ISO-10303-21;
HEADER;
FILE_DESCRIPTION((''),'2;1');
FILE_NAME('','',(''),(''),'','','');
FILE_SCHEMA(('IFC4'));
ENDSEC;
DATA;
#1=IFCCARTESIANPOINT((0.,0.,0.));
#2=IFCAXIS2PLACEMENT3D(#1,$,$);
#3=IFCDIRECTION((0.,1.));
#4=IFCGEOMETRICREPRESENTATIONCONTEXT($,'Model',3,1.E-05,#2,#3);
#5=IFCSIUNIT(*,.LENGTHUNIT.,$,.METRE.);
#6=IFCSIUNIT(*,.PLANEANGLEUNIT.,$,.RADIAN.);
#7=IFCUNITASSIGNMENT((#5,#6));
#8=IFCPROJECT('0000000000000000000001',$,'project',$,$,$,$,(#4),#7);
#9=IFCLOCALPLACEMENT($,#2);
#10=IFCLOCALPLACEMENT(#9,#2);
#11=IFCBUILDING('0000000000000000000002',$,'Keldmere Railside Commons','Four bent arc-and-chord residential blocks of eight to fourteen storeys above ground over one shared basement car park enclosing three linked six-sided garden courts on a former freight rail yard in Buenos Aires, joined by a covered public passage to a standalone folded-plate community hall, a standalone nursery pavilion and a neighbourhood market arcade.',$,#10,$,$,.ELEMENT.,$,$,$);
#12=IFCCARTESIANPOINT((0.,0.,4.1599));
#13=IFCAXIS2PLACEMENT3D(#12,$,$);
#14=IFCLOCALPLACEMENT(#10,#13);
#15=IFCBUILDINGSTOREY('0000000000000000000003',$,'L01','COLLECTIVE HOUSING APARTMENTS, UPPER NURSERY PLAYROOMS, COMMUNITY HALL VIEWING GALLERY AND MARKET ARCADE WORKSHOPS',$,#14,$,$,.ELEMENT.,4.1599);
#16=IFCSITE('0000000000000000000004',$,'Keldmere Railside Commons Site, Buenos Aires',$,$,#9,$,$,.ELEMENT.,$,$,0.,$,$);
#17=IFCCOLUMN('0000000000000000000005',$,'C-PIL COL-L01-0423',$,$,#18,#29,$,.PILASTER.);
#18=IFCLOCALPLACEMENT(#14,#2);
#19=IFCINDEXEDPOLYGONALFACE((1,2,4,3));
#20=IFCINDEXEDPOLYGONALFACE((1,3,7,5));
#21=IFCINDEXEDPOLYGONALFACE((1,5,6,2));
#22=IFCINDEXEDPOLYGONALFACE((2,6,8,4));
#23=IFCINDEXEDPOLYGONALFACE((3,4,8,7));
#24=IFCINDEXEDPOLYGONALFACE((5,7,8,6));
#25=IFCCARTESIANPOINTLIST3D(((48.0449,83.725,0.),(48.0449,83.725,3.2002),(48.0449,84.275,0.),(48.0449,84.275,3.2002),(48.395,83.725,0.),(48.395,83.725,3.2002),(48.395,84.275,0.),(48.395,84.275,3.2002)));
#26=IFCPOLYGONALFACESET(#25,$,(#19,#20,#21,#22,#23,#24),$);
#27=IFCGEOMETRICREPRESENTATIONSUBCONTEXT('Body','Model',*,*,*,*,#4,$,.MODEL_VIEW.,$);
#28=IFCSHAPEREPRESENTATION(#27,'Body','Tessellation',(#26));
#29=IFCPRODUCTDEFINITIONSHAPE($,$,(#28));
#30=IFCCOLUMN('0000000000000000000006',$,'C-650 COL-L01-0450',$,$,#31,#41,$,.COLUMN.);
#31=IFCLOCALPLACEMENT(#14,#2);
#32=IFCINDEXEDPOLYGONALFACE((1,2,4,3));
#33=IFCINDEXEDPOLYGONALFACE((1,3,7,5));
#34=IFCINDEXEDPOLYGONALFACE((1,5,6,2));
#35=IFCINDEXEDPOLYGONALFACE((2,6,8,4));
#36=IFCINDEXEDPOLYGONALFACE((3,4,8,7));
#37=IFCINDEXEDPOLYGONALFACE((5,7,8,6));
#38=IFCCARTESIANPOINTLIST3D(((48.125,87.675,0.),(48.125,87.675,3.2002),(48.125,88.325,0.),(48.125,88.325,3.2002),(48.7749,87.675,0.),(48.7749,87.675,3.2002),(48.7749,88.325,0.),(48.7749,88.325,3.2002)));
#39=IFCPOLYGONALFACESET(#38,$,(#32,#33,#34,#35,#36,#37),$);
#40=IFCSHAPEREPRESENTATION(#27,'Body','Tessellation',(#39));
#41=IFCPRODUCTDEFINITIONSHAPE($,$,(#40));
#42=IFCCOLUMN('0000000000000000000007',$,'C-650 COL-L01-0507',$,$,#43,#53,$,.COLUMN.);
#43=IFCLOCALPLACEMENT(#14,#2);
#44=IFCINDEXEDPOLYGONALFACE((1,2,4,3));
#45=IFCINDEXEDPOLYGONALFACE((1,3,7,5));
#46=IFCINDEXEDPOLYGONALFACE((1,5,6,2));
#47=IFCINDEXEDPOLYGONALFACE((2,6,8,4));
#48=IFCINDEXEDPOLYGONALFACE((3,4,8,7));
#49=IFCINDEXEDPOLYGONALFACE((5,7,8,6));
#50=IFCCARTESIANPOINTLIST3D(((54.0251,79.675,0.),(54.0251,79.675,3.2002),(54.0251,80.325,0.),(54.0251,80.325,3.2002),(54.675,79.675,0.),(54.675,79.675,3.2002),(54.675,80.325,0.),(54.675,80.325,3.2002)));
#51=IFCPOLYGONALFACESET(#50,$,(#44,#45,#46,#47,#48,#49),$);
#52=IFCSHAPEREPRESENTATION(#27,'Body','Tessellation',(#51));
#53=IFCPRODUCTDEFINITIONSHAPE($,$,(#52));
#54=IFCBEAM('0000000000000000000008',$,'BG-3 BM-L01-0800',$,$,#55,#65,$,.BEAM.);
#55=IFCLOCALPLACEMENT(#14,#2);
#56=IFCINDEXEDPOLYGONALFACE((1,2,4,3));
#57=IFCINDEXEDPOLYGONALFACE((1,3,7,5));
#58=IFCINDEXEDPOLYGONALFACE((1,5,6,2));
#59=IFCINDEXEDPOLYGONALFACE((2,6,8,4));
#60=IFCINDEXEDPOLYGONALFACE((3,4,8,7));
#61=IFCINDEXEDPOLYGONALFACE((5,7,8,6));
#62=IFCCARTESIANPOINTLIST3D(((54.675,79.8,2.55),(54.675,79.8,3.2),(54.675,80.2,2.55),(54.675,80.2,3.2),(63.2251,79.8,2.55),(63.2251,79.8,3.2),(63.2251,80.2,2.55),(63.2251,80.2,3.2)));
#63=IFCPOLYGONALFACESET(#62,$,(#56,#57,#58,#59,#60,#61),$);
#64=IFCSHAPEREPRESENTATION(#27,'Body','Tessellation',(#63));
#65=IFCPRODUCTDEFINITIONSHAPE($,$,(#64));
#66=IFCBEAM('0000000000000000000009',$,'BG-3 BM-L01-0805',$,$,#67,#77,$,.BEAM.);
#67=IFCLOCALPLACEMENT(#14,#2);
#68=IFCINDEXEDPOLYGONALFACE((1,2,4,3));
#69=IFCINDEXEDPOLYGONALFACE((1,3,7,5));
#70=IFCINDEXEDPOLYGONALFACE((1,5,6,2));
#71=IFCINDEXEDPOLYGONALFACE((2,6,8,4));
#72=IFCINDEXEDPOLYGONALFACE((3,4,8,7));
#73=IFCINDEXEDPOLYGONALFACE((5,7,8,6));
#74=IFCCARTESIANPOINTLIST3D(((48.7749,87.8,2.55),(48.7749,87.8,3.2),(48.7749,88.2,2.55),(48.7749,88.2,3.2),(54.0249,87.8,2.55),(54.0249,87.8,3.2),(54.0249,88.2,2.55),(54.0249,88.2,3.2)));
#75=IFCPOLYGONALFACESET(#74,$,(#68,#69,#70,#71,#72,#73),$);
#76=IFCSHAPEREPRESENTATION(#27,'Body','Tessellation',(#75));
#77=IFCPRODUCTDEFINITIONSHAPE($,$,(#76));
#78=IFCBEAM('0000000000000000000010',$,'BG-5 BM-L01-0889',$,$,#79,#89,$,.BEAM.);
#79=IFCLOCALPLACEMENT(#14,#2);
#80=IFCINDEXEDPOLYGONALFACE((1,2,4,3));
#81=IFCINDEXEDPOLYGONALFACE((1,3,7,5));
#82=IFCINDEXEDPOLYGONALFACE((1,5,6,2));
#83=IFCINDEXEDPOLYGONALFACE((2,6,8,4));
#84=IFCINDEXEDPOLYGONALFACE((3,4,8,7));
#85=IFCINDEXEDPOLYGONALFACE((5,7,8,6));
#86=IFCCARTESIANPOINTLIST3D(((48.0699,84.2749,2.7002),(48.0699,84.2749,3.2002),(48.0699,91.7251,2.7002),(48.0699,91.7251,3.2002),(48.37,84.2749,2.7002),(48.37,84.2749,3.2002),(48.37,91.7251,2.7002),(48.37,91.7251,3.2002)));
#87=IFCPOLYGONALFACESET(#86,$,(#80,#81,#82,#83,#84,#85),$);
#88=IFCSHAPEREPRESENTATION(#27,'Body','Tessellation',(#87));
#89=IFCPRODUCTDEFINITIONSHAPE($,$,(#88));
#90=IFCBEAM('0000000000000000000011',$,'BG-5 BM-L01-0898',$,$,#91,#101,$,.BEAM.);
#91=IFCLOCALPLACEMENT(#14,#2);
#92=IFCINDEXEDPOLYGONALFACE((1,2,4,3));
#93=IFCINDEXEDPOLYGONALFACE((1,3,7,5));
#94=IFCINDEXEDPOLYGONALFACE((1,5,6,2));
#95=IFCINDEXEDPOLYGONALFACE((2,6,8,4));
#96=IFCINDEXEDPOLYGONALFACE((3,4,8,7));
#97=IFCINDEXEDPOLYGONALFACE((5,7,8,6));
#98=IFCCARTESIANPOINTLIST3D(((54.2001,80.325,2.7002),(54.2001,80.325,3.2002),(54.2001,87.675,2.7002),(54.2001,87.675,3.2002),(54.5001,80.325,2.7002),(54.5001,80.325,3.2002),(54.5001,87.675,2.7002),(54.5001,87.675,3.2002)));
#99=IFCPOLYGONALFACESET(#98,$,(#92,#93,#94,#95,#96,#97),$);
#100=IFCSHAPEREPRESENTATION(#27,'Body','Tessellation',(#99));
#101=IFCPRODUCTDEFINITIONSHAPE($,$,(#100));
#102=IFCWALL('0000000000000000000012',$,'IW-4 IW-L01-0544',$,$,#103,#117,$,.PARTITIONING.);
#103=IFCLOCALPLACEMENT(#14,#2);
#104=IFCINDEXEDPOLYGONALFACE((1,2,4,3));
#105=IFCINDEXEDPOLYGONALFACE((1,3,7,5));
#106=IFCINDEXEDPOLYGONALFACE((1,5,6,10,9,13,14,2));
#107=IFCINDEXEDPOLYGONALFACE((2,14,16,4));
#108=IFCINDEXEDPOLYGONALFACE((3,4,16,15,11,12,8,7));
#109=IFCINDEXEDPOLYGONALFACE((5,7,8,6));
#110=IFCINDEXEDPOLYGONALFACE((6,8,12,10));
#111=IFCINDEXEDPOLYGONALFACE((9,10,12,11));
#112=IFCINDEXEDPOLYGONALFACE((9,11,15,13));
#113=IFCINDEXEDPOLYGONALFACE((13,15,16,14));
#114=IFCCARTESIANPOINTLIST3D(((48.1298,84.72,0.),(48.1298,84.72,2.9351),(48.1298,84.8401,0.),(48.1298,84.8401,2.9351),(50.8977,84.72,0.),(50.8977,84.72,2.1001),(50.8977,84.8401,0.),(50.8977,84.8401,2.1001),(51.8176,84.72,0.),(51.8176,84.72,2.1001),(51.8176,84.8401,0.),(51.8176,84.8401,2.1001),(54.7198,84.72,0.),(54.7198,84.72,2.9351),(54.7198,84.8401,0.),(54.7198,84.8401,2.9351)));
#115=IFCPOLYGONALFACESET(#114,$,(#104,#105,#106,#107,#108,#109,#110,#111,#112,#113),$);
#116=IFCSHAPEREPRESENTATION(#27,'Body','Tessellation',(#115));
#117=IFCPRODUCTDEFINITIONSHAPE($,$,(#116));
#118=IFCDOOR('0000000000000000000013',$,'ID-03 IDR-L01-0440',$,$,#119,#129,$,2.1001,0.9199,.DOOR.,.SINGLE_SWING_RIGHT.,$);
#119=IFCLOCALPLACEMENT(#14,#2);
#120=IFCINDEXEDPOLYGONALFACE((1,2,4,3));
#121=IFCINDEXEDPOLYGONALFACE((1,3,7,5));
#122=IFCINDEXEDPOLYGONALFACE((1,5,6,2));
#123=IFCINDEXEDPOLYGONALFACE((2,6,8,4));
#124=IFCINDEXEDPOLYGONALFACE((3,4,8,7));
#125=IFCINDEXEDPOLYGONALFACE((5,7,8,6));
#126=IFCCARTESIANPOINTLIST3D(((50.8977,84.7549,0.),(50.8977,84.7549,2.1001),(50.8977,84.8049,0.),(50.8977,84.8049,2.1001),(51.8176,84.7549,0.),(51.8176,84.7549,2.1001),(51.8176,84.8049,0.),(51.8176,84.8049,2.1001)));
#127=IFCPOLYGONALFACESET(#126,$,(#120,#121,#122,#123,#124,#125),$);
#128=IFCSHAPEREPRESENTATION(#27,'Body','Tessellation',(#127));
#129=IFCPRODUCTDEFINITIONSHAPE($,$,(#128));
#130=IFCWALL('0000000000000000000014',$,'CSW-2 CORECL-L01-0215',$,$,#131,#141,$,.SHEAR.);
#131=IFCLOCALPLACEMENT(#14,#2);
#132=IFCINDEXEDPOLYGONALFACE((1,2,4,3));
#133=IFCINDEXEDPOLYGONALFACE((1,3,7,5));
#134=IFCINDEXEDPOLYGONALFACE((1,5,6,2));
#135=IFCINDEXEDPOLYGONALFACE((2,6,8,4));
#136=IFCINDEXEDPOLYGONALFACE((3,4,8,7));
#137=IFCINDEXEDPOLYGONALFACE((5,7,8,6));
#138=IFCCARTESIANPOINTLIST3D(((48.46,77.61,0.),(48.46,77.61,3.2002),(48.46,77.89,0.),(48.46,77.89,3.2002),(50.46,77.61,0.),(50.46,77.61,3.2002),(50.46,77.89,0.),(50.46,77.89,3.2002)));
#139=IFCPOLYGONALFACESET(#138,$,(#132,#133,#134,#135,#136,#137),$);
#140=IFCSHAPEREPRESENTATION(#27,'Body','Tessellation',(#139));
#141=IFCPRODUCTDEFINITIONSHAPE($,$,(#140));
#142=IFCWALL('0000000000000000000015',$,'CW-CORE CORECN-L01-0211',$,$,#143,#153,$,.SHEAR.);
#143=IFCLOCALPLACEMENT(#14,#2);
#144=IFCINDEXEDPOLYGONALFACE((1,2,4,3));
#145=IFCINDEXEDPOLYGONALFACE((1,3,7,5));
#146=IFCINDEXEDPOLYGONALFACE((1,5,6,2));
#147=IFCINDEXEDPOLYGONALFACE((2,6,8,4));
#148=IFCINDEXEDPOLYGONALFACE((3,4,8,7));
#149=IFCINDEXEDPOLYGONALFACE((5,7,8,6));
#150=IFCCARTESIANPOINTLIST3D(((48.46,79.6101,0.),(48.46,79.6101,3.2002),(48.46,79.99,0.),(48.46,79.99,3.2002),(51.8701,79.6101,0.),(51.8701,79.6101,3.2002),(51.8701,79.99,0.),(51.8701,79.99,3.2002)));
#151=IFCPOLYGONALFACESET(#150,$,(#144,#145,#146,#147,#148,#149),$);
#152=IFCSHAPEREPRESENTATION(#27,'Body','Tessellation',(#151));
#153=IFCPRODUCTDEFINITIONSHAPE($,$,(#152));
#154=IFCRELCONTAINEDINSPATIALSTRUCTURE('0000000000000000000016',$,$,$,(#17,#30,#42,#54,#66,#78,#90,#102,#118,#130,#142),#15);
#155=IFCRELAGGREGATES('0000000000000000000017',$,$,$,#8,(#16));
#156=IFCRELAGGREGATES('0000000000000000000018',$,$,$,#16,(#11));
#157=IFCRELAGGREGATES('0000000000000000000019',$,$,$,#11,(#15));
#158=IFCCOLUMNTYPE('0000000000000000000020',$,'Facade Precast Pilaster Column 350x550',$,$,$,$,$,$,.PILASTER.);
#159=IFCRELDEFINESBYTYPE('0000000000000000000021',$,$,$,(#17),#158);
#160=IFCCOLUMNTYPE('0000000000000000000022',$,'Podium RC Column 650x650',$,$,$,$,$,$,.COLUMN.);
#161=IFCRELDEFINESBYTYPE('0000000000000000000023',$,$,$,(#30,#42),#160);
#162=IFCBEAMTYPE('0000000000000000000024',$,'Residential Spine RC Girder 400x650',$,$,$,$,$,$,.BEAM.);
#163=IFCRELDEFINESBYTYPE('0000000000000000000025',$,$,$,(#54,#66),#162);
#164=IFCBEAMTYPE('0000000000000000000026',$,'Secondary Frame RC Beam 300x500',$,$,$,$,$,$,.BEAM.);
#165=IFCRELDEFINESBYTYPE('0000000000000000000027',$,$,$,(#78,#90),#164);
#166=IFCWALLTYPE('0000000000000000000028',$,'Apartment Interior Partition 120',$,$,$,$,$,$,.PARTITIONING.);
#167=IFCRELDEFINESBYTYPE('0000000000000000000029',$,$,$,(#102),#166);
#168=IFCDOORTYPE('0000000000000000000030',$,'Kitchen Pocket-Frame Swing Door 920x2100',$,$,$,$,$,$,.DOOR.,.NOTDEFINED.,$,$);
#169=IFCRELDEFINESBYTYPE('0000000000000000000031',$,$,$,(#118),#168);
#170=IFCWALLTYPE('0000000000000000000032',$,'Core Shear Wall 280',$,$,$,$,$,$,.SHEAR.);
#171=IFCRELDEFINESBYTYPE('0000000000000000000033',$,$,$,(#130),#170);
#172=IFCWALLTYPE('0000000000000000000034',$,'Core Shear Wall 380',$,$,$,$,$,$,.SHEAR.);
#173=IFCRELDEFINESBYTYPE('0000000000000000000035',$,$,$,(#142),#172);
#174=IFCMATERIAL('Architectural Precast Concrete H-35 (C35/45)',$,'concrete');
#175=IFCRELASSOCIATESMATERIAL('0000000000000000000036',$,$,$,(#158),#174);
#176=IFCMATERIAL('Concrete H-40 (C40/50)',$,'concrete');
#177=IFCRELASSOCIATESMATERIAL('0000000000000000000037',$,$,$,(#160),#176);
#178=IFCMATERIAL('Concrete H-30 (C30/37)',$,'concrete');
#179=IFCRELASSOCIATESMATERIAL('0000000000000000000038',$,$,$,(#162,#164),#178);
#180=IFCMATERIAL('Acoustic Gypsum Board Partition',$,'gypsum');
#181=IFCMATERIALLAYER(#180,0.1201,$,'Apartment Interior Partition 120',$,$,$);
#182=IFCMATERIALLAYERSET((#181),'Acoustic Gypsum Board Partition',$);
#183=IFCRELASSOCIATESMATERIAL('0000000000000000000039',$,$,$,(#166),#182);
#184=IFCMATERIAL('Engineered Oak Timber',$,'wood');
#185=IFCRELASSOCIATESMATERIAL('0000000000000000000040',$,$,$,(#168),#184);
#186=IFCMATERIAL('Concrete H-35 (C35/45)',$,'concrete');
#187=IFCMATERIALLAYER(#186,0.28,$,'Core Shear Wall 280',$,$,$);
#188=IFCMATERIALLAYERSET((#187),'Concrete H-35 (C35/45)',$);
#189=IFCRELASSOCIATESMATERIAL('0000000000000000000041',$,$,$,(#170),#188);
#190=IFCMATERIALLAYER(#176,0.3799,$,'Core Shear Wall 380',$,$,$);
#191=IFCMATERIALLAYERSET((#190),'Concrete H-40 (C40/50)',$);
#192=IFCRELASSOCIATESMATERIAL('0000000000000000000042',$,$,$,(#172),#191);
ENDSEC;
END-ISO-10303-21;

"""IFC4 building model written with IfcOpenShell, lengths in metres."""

from ifc_helpers import new_model, si_unit, direction, frame, frame_2d, origin, origin_2d, place, context, subcontext, project, spatial, rectangle, extrude, material, layer, layer_set, material_profile, profile_set, type_object, element, fill, save


model = new_model("IFC4")

# Units and contexts
model_context = context("Model", 3, precision=1e-05, world=origin(), true_north=direction((0.0, 1.0)))
body_context = subcontext(model_context, "Body", "Model", "MODEL_VIEW")
ifc_project = project(units=[si_unit("LENGTHUNIT", "METRE"), si_unit("PLANEANGLEUNIT", "RADIAN")], contexts=[model_context])

# Site, building, storey
site_placement = place(None, origin())
site = spatial("IfcSite", under=ifc_project, at=site_placement, Name="Keldmere Railside Commons Site, Buenos Aires", CompositionType="ELEMENT", RefElevation=0.0)
building_placement = place(site_placement, origin())
building = spatial("IfcBuilding", under=site, at=building_placement, Name="Keldmere Railside Commons", Description="Four bent arc-and-chord residential blocks of eight to fourteen storeys above ground over one shared basement car park enclosing three linked six-sided garden courts on a former freight rail yard in Buenos Aires, joined by a covered public passage to a standalone folded-plate community hall, a standalone nursery pavilion and a neighbourhood market arcade.", CompositionType="ELEMENT")
storey_placement = place(building_placement, frame((0.0, 0.0, 4.1599)))
storey = spatial("IfcBuildingStorey", under=building, at=storey_placement, Name="L01", Description="COLLECTIVE HOUSING APARTMENTS, UPPER NURSERY PLAYROOMS, COMMUNITY HALL VIEWING GALLERY AND MARKET ARCADE WORKSHOPS", CompositionType="ELEMENT", Elevation=4.1599)

# Columns
ifc_material_1 = material(Name="Architectural Precast Concrete H-35 (C35/45)", Category="concrete")
ifc_material_profile_1 = material_profile(ifc_material_1, rectangle(XDim=0.3501, YDim=0.55, at=origin_2d()), Name="RC-350x550")
ifc_profile_set_1 = profile_set([ifc_material_profile_1], Name="Architectural Precast Concrete H-35 (C35/45)")
column_type_1 = type_object("IfcColumnType", Name="Facade Precast Pilaster Column 350x550", PredefinedType="PILASTER", material=ifc_profile_set_1)
column_placement = place(storey_placement, frame((48.22, 84.0, 0.0), z_axis=(0.0, 0.0, 1.0), x_axis=(1.0, 0.0, 0.0)))
element("IfcColumn", 1, at=column_placement, inside=storey, type_object=column_type_1, Name="C-PIL COL-L01-0423", PredefinedType="PILASTER", context=body_context, shape_type="SweptSolid", body=[
    extrude(rectangle(XDim=0.3501, YDim=0.55, at=origin_2d()), origin(), (0.0, 0.0, 1.0), 3.2002),
])
ifc_material_2 = material(Name="Concrete H-40 (C40/50)", Category="concrete")
ifc_material_profile_2 = material_profile(ifc_material_2, rectangle(XDim=0.6499, YDim=0.6499, at=origin_2d()), Name="RC-650x650")
ifc_profile_set_2 = profile_set([ifc_material_profile_2], Name="Concrete H-40 (C40/50)")
column_type_2 = type_object("IfcColumnType", Name="Podium RC Column 650x650", PredefinedType="COLUMN", material=ifc_profile_set_2)
for number, where, z_axis, x_axis, name in (
    (2, (48.45, 88.0, 0.0), (0.0, 0.0, 1.0), (1.0, 0.0, 0.0), "C-650 COL-L01-0450"),
    (3, (54.3501, 80.0, 0.0), (0.0, 0.0, 1.0), (1.0, 0.0, 0.0), "C-650 COL-L01-0507"),
):
    element("IfcColumn", number, at=place(storey_placement, frame(where, z_axis=z_axis, x_axis=x_axis)), inside=storey, type_object=column_type_2, Name=name, PredefinedType="COLUMN", context=body_context, shape_type="SweptSolid", body=[
        extrude(rectangle(XDim=0.6499, YDim=0.6499, at=origin_2d()), origin(), (0.0, 0.0, 1.0), 3.2002),
    ])

# Beams
ifc_material_3 = material(Name="Concrete H-30 (C30/37)", Category="concrete")
ifc_material_profile_3 = material_profile(ifc_material_3, rectangle(XDim=0.3999, YDim=0.6499, at=origin_2d()), Name="RC-400x650")
ifc_profile_set_3 = profile_set([ifc_material_profile_3], Name="Concrete H-30 (C30/37)")
beam_type_1 = type_object("IfcBeamType", Name="Residential Spine RC Girder 400x650", PredefinedType="BEAM", material=ifc_profile_set_3)
beam_1_placement = place(storey_placement, frame((54.675, 80.0, 2.875), z_axis=(1.0, 0.0, 0.0), x_axis=(0.0, 1.0, 0.0)))
element("IfcBeam", 4, at=beam_1_placement, inside=storey, type_object=beam_type_1, Name="BG-3 BM-L01-0800", PredefinedType="BEAM", context=body_context, shape_type="SweptSolid", body=[
    extrude(rectangle(XDim=0.3999, YDim=0.6499, at=origin_2d()), origin(), (0.0, 0.0, 1.0), 8.55),
])
beam_2_placement = place(storey_placement, frame((48.7749, 88.0, 2.875), z_axis=(1.0, 0.0, 0.0), x_axis=(0.0, 1.0, 0.0)))
element("IfcBeam", 5, at=beam_2_placement, inside=storey, type_object=beam_type_1, Name="BG-3 BM-L01-0805", PredefinedType="BEAM", context=body_context, shape_type="SweptSolid", body=[
    extrude(rectangle(XDim=0.3999, YDim=0.6499, at=origin_2d()), origin(), (0.0, 0.0, 1.0), 5.25),
])
ifc_material_profile_4 = material_profile(ifc_material_3, rectangle(XDim=0.3, YDim=0.5, at=origin_2d()), Name="RC-300x500")
ifc_profile_set_4 = profile_set([ifc_material_profile_4], Name="Concrete H-30 (C30/37)")
beam_type_2 = type_object("IfcBeamType", Name="Secondary Frame RC Beam 300x500", PredefinedType="BEAM", material=ifc_profile_set_4)
beam_3_placement = place(storey_placement, frame((48.22, 84.2749, 2.9502), z_axis=(0.0, 1.0, 0.0), x_axis=(-1.0, 0.0, 0.0)))
element("IfcBeam", 6, at=beam_3_placement, inside=storey, type_object=beam_type_2, Name="BG-5 BM-L01-0889", PredefinedType="BEAM", context=body_context, shape_type="SweptSolid", body=[
    extrude(rectangle(XDim=0.3, YDim=0.5, at=origin_2d()), origin(), (0.0, 0.0, 1.0), 7.4502),
])
beam_4_placement = place(storey_placement, frame((54.3501, 80.325, 2.9502), z_axis=(0.0, 1.0, 0.0), x_axis=(-1.0, 0.0, 0.0)))
element("IfcBeam", 7, at=beam_4_placement, inside=storey, type_object=beam_type_2, Name="BG-5 BM-L01-0898", PredefinedType="BEAM", context=body_context, shape_type="SweptSolid", body=[
    extrude(rectangle(XDim=0.3, YDim=0.5, at=origin_2d()), origin(), (0.0, 0.0, 1.0), 7.3501),
])

# Wall, opening, door
ifc_material_4 = material(Name="Acoustic Gypsum Board Partition", Category="gypsum")
ifc_layer_1 = layer(ifc_material_4, 0.1201, Name="Apartment Interior Partition 120")
ifc_layer_set_1 = layer_set([ifc_layer_1], Name="Acoustic Gypsum Board Partition")
wall_type_1 = type_object("IfcWallType", Name="Apartment Interior Partition 120", PredefinedType="PARTITIONING", material=ifc_layer_set_1)
wall_1_placement = place(storey_placement, frame((48.1299, 84.78, 0.0), z_axis=(0.0, 0.0, 1.0), x_axis=(1.0, 0.0, 0.0)))
wall_1 = element("IfcWall", 8, at=wall_1_placement, inside=storey, type_object=wall_type_1, Name="IW-4 IW-L01-0544", PredefinedType="PARTITIONING", context=body_context, shape_type="SweptSolid", body=[
    extrude(rectangle(XDim=6.5901, YDim=0.1201, at=frame_2d((3.2949, 0.0))), origin(), (0.0, 0.0, 1.0), 2.9351),
])
opening_1_placement = place(wall_1_placement, frame((2.7678, 0.0, 0.0)))
opening_1 = element("IfcOpeningElement", 9, at=opening_1_placement, cuts=wall_1, PredefinedType="OPENING", context=body_context, shape_type="SweptSolid", body=[
    extrude(rectangle(XDim=0.9199, YDim=2.1001, at=frame_2d((0.46, 1.05))), frame((0.0, 0.0701, 0.0), z_axis=(0.0, -1.0, 0.0), x_axis=(1.0, 0.0, 0.0)), (0.0, 0.0, 1.0), 0.1401),
])
ifc_material_5 = material(Name="Engineered Oak Timber", Category="wood")
door_type_1 = type_object("IfcDoorType", Name="Kitchen Pocket-Frame Swing Door 920x2100", OperationType="NOTDEFINED", PredefinedType="DOOR", material=ifc_material_5)
door_1_placement = place(opening_1_placement, origin())
door_1 = element("IfcDoor", 10, at=door_1_placement, inside=storey, type_object=door_type_1, Name="ID-03 IDR-L01-0440", OperationType="SINGLE_SWING_RIGHT", OverallHeight=2.1001, OverallWidth=0.9199, PredefinedType="DOOR", context=body_context, shape_type="SweptSolid", body=[
    extrude(rectangle(XDim=0.9199, YDim=2.1001, at=frame_2d((0.46, 1.05))), frame((0.0, 0.0249, 0.0), z_axis=(0.0, -1.0, 0.0), x_axis=(1.0, 0.0, 0.0)), (0.0, 0.0, 1.0), 0.05),
])
fill(opening_1, door_1)

# Walls
ifc_material_6 = material(Name="Concrete H-35 (C35/45)", Category="concrete")
ifc_layer_2 = layer(ifc_material_6, 0.28, Name="Core Shear Wall 280")
ifc_layer_set_2 = layer_set([ifc_layer_2], Name="Concrete H-35 (C35/45)")
wall_type_2 = type_object("IfcWallType", Name="Core Shear Wall 280", PredefinedType="SHEAR", material=ifc_layer_set_2)
wall_2_placement = place(storey_placement, frame((48.46, 77.75, 0.0), z_axis=(0.0, 0.0, 1.0), x_axis=(1.0, 0.0, 0.0)))
element("IfcWall", 11, at=wall_2_placement, inside=storey, type_object=wall_type_2, Name="CSW-2 CORECL-L01-0215", PredefinedType="SHEAR", context=body_context, shape_type="SweptSolid", body=[
    extrude(rectangle(XDim=2.0, YDim=0.28, at=frame_2d((1.0, 0.0))), origin(), (0.0, 0.0, 1.0), 3.2002),
])
ifc_layer_3 = layer(ifc_material_2, 0.3799, Name="Core Shear Wall 380")
ifc_layer_set_3 = layer_set([ifc_layer_3], Name="Concrete H-40 (C40/50)")
wall_type_3 = type_object("IfcWallType", Name="Core Shear Wall 380", PredefinedType="SHEAR", material=ifc_layer_set_3)
wall_3_placement = place(storey_placement, frame((48.46, 79.8, 0.0), z_axis=(0.0, 0.0, 1.0), x_axis=(1.0, 0.0, 0.0)))
element("IfcWall", 12, at=wall_3_placement, inside=storey, type_object=wall_type_3, Name="CW-CORE CORECN-L01-0211", PredefinedType="SHEAR", context=body_context, shape_type="SweptSolid", body=[
    extrude(rectangle(XDim=3.4102, YDim=0.3799, at=frame_2d((1.7051, 0.0))), origin(), (0.0, 0.0, 1.0), 3.2002),
])

save(model, "model.ifc")
